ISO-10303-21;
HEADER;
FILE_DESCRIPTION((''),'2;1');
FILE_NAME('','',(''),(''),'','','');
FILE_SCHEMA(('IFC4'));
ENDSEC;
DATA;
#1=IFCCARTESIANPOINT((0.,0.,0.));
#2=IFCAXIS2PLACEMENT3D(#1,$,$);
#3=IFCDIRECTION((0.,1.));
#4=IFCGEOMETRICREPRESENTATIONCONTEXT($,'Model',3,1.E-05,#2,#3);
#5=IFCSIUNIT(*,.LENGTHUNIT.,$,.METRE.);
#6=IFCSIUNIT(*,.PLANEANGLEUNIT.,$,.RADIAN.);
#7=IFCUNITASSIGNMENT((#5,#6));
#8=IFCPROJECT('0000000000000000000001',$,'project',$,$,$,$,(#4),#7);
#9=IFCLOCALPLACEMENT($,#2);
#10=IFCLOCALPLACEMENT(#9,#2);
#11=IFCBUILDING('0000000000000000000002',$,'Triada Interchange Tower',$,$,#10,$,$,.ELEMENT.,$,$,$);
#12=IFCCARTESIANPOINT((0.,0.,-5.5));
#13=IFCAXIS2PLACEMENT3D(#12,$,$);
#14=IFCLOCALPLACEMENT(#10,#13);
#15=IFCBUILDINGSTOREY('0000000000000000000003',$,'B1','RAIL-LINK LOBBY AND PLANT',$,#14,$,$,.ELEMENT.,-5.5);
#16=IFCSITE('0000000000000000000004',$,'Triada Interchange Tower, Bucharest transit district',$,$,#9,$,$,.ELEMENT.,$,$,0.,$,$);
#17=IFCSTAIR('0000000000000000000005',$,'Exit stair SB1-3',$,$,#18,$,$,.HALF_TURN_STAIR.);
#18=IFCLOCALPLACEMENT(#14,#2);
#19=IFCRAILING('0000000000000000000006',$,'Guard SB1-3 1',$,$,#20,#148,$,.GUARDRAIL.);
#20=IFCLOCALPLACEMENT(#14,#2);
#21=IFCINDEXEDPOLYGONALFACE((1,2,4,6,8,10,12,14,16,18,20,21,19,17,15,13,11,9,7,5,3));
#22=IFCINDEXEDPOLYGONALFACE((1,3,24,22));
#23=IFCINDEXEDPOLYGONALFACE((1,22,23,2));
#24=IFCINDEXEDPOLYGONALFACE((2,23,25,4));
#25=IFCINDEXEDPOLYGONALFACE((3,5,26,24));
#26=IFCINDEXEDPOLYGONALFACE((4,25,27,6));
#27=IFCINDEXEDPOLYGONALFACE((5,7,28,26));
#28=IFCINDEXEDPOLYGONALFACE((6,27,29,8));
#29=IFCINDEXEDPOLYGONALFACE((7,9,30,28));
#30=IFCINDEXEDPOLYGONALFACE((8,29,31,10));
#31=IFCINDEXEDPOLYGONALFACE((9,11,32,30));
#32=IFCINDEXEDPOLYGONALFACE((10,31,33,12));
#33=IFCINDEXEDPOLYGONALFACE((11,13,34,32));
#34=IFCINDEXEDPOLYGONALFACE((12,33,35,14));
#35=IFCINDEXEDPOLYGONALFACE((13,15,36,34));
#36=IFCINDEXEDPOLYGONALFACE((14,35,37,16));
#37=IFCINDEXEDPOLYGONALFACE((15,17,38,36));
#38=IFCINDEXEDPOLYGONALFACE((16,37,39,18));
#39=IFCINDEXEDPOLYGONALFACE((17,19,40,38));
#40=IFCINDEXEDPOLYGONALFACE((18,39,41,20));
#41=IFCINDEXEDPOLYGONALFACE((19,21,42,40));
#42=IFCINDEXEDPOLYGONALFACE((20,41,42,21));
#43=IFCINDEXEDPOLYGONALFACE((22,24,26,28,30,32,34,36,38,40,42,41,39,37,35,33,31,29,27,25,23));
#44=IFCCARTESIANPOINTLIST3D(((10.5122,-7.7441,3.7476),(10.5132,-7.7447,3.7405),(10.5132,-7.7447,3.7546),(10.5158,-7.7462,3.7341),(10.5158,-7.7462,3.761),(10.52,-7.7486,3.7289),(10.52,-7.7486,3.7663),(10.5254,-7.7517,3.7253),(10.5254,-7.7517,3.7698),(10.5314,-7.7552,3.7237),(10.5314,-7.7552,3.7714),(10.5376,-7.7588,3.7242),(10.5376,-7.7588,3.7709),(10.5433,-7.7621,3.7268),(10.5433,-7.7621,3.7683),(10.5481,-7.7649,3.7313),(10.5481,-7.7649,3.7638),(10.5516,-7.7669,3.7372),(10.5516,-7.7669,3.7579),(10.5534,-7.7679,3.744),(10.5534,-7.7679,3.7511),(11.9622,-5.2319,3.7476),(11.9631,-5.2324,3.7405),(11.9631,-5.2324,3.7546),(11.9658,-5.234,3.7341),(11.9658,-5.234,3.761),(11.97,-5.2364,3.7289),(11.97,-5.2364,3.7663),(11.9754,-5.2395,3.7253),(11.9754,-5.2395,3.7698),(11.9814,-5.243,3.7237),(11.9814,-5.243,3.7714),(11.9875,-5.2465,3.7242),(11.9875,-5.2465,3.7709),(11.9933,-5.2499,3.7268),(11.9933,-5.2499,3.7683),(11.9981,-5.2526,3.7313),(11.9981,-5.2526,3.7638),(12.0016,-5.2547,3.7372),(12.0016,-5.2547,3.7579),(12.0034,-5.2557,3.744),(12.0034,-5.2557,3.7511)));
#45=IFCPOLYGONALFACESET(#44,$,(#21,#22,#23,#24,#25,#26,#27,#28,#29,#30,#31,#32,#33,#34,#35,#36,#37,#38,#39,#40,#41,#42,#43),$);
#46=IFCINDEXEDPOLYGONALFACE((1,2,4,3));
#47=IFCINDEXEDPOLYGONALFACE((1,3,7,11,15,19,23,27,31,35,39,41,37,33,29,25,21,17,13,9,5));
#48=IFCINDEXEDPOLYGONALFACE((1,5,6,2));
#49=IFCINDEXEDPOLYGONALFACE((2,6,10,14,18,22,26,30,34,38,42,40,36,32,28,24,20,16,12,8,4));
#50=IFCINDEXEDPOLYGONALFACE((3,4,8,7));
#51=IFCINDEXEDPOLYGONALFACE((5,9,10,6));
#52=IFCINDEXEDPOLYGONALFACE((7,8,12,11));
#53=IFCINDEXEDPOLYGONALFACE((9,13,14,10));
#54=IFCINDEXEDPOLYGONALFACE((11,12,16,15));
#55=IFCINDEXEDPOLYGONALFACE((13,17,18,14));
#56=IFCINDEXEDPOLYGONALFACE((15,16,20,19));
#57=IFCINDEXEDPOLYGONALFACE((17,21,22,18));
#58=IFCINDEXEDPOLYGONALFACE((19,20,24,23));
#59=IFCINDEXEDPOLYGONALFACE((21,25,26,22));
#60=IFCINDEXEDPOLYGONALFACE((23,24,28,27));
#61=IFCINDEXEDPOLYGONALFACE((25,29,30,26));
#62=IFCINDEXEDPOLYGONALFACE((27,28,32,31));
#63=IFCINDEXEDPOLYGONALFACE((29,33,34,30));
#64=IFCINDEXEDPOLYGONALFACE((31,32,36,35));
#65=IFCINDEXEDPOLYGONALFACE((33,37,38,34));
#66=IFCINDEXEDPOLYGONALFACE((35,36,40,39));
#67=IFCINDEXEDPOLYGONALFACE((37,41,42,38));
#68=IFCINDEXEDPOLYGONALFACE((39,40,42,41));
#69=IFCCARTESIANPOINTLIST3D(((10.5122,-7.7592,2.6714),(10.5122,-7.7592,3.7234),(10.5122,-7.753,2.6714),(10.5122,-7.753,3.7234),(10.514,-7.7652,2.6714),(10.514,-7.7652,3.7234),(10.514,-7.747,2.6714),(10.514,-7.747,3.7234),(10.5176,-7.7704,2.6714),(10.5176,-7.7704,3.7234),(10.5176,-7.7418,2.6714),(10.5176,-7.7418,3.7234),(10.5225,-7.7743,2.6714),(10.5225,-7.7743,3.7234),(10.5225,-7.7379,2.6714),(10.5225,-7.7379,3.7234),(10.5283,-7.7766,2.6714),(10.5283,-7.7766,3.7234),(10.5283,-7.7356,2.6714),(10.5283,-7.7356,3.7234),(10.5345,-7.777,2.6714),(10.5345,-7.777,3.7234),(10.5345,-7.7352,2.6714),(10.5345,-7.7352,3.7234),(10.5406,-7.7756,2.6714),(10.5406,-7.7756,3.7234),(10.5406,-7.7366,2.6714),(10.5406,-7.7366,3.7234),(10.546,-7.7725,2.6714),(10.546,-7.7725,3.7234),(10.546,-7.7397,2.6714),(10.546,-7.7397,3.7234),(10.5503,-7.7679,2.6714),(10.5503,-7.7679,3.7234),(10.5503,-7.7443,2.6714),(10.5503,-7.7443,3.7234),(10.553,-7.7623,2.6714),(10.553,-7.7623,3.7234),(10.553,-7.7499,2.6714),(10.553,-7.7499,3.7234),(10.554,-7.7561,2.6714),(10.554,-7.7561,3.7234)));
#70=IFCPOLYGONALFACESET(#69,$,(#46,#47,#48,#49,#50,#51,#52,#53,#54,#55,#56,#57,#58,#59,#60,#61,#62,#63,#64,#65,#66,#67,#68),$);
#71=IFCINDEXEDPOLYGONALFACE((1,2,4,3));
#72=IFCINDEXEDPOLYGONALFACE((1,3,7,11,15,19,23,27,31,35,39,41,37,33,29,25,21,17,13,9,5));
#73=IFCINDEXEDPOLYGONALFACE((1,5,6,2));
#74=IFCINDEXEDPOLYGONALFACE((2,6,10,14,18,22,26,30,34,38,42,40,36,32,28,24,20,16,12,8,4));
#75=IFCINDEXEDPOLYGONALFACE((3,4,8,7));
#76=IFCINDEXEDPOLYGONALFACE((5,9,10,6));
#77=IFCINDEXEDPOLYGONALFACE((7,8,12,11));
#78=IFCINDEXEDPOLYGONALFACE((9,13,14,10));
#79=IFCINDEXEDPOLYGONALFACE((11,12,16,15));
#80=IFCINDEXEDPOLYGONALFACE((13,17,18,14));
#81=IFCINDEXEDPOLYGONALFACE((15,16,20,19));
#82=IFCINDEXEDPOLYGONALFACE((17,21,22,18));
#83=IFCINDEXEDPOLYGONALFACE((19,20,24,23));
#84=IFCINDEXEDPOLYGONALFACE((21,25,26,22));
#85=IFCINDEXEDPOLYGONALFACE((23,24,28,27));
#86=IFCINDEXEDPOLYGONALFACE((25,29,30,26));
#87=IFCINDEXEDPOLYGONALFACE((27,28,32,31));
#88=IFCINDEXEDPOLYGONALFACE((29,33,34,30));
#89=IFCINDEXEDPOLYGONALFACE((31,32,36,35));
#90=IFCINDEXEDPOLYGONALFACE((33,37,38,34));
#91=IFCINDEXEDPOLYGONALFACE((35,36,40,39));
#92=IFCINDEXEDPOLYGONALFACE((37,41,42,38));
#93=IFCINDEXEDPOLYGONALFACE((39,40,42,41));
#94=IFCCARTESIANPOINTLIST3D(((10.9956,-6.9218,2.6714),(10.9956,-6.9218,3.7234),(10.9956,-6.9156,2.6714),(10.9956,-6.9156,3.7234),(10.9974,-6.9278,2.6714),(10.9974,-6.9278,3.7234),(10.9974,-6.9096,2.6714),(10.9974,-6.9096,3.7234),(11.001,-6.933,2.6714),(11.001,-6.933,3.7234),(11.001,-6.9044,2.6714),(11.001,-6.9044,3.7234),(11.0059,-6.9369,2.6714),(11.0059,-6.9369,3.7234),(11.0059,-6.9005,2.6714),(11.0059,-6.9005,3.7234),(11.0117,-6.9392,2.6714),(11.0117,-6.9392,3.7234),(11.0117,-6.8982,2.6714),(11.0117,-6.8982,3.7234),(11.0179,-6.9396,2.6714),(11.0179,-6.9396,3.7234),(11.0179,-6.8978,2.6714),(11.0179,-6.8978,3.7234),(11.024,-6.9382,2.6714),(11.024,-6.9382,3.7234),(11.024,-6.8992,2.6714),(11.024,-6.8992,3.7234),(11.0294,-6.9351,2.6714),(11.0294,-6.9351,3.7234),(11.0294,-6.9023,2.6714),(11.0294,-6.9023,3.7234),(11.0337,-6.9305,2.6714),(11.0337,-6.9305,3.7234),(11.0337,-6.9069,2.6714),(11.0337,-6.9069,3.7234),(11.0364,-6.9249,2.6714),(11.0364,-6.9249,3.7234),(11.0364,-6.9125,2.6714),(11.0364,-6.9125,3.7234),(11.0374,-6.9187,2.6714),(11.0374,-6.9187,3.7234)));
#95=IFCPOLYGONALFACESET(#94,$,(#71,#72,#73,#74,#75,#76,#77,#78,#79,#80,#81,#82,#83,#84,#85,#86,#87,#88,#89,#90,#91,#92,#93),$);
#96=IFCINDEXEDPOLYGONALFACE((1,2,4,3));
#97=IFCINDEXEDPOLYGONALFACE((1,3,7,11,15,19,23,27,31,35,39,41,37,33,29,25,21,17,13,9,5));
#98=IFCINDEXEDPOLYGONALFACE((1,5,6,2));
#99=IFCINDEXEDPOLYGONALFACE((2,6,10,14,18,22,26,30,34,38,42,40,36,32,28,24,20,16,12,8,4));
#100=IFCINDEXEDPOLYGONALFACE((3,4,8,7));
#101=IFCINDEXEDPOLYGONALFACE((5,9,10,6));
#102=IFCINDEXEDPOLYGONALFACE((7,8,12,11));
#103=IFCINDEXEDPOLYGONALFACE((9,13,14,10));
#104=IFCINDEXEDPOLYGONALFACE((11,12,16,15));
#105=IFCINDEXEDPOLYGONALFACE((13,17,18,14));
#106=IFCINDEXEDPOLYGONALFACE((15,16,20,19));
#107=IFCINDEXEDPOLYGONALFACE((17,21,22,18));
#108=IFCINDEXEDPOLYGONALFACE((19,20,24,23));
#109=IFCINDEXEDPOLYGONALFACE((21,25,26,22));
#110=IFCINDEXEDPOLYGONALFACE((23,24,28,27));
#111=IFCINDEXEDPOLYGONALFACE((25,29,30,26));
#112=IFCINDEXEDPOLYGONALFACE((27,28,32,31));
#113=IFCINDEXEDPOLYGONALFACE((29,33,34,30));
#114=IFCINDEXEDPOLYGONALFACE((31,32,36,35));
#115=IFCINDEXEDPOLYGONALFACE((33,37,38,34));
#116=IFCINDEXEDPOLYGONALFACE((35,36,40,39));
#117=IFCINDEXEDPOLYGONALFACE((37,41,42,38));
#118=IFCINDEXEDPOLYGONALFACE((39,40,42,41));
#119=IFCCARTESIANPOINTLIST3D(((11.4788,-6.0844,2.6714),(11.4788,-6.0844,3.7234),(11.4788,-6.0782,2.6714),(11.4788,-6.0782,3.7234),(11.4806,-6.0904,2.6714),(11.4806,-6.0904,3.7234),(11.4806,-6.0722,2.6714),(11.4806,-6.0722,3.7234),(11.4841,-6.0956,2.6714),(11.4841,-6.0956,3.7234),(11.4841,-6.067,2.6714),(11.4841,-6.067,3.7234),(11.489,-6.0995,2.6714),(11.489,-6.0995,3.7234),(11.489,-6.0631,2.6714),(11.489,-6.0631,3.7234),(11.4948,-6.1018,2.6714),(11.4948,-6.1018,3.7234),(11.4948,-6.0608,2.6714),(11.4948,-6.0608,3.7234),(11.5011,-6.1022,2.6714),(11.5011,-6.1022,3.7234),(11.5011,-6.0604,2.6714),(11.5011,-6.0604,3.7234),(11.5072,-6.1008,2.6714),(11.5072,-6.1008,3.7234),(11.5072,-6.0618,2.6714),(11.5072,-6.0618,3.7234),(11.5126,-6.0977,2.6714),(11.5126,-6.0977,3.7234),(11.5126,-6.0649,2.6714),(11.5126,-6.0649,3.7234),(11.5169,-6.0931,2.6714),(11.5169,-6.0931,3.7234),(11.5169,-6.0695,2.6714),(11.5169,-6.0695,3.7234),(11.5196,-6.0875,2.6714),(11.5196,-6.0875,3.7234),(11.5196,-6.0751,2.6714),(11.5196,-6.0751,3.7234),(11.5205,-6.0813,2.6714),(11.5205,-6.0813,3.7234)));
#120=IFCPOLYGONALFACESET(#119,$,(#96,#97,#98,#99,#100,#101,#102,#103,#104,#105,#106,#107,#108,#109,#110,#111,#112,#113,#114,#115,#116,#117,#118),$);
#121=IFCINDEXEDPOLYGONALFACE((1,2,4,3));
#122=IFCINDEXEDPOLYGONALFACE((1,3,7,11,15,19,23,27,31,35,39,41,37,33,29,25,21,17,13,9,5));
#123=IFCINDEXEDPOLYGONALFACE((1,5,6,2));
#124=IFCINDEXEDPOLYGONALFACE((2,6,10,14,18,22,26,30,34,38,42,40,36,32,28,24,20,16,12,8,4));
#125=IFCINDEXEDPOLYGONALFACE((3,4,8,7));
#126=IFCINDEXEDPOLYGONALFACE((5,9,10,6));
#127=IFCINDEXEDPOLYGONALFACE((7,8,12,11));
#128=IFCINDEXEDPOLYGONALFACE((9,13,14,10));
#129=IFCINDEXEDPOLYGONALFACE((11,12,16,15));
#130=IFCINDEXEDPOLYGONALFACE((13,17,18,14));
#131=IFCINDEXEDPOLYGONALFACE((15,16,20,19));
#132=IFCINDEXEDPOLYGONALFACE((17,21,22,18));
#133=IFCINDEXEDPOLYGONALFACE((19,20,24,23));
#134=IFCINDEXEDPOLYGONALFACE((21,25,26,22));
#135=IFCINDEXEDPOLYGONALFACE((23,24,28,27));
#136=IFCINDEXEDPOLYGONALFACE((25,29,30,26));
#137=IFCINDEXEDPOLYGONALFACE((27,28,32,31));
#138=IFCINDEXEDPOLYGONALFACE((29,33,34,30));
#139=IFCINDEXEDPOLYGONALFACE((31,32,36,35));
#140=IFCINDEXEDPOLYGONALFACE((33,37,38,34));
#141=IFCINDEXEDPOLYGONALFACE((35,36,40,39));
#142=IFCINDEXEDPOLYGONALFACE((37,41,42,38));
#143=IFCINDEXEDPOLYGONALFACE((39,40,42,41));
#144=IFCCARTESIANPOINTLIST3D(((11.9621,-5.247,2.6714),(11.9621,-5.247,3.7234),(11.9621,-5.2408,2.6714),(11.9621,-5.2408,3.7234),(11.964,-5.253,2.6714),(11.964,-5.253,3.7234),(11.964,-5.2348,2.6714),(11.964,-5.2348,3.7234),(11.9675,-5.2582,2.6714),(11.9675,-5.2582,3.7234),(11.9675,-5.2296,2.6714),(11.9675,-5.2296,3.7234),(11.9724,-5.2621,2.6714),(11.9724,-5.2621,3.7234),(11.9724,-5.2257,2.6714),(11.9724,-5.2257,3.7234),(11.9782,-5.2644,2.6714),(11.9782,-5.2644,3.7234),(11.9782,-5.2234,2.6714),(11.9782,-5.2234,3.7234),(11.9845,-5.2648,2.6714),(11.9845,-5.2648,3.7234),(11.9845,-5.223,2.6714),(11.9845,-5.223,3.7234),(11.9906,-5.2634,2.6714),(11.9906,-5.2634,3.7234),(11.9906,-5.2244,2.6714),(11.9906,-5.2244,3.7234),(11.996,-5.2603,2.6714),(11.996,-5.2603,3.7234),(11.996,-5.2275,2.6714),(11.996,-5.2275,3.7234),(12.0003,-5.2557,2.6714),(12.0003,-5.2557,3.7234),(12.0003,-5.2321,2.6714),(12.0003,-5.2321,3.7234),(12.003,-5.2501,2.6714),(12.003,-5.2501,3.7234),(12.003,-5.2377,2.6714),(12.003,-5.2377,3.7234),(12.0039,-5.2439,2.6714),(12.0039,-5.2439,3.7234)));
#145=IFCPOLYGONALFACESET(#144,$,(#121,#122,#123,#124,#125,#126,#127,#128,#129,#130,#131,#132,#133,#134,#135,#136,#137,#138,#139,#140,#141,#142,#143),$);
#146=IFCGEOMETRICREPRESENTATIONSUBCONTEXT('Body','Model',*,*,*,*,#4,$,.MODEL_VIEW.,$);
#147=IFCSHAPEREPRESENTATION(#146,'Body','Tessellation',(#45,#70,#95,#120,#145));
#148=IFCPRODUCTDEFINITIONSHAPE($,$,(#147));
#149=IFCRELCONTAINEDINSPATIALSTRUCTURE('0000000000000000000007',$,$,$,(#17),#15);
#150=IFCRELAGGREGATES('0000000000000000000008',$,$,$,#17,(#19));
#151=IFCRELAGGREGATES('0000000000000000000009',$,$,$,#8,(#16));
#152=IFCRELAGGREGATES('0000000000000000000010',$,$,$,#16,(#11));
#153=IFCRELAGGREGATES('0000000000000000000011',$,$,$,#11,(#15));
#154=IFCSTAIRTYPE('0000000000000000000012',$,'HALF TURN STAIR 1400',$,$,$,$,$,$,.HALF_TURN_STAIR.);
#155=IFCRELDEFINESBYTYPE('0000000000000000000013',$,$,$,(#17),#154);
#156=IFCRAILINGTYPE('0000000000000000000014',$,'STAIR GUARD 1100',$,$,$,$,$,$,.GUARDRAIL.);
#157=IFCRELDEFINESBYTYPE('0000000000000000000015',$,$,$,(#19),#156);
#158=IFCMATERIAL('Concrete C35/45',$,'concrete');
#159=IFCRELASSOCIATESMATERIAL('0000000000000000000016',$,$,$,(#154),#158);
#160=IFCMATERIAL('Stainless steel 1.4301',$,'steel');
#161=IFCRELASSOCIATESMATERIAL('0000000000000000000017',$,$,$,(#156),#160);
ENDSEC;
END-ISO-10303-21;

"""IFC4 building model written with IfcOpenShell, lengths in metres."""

from ifc_helpers import new_model, si_unit, direction, frame, origin, origin_2d, place, context, subcontext, project, spatial, circle, extrude, material, type_object, element, aggregate, save


model = new_model("IFC4")

# Units and contexts
model_context = context("Model", 3, precision=1e-05, world=origin(), true_north=direction((0.0, 1.0)))
body_context = subcontext(model_context, "Body", "Model", "MODEL_VIEW")
ifc_project = project(units=[si_unit("LENGTHUNIT", "METRE"), si_unit("PLANEANGLEUNIT", "RADIAN")], contexts=[model_context])

# Site, building, storey
site_placement = place(None, origin())
site = spatial("IfcSite", under=ifc_project, at=site_placement, Name="Triada Interchange Tower, Bucharest transit district", CompositionType="ELEMENT", RefElevation=0.0)
building_placement = place(site_placement, origin())
building = spatial("IfcBuilding", under=site, at=building_placement, Name="Triada Interchange Tower", CompositionType="ELEMENT")
storey_placement = place(building_placement, frame((0.0, 0.0, -5.5)))
storey = spatial("IfcBuildingStorey", under=building, at=storey_placement, Name="B1", Description="RAIL-LINK LOBBY AND PLANT", CompositionType="ELEMENT", Elevation=-5.5)

# Shared definitions
ifc_material_1 = material(Name="Concrete C35/45", Category="concrete")

# Shared definitions
stair_type = type_object("IfcStairType", Name="HALF TURN STAIR 1400", PredefinedType="HALF_TURN_STAIR", material=ifc_material_1)

# Stair, railing
stair_1_placement = place(storey_placement, origin())
stair_1 = element("IfcStair", 1, at=stair_1_placement, inside=storey, type_object=stair_type, Name="Exit stair SB1-3", PredefinedType="HALF_TURN_STAIR")
ifc_material_2 = material(Name="Stainless steel 1.4301", Category="steel")
railing_type_1 = type_object("IfcRailingType", Name="STAIR GUARD 1100", PredefinedType="GUARDRAIL", material=ifc_material_2)
railing_1_placement = place(storey_placement, frame((10.533, -7.7561, 2.6714)))
railing_1 = element("IfcRailing", 2, at=railing_1_placement, type_object=railing_type_1, Name="Guard SB1-3 1", PredefinedType="GUARDRAIL", context=body_context, shape_type="SweptSolid", body=[
    extrude(circle(Radius=0.0239, at=origin_2d()), frame((0.0, 0.0, 1.0762), z_axis=(0.499878, 0.866096, 0.0), x_axis=(-0.866096, 0.499878, 0.0)), (0.0, 0.0, 1.0), 2.9006),
    extrude(circle(Radius=0.021, at=origin_2d()), origin(), (0.0, 0.0, 1.0), 1.052),
    extrude(circle(Radius=0.021, at=origin_2d()), frame((0.4834, 0.8374, 0.0)), (0.0, 0.0, 1.0), 1.052),
    extrude(circle(Radius=0.021, at=origin_2d()), frame((0.9666, 1.6748, 0.0)), (0.0, 0.0, 1.0), 1.052),
    extrude(circle(Radius=0.021, at=origin_2d()), frame((1.45, 2.5122, 0.0)), (0.0, 0.0, 1.0), 1.052),
])
aggregate(stair_1, [railing_1])

save(model, "model.ifc")
